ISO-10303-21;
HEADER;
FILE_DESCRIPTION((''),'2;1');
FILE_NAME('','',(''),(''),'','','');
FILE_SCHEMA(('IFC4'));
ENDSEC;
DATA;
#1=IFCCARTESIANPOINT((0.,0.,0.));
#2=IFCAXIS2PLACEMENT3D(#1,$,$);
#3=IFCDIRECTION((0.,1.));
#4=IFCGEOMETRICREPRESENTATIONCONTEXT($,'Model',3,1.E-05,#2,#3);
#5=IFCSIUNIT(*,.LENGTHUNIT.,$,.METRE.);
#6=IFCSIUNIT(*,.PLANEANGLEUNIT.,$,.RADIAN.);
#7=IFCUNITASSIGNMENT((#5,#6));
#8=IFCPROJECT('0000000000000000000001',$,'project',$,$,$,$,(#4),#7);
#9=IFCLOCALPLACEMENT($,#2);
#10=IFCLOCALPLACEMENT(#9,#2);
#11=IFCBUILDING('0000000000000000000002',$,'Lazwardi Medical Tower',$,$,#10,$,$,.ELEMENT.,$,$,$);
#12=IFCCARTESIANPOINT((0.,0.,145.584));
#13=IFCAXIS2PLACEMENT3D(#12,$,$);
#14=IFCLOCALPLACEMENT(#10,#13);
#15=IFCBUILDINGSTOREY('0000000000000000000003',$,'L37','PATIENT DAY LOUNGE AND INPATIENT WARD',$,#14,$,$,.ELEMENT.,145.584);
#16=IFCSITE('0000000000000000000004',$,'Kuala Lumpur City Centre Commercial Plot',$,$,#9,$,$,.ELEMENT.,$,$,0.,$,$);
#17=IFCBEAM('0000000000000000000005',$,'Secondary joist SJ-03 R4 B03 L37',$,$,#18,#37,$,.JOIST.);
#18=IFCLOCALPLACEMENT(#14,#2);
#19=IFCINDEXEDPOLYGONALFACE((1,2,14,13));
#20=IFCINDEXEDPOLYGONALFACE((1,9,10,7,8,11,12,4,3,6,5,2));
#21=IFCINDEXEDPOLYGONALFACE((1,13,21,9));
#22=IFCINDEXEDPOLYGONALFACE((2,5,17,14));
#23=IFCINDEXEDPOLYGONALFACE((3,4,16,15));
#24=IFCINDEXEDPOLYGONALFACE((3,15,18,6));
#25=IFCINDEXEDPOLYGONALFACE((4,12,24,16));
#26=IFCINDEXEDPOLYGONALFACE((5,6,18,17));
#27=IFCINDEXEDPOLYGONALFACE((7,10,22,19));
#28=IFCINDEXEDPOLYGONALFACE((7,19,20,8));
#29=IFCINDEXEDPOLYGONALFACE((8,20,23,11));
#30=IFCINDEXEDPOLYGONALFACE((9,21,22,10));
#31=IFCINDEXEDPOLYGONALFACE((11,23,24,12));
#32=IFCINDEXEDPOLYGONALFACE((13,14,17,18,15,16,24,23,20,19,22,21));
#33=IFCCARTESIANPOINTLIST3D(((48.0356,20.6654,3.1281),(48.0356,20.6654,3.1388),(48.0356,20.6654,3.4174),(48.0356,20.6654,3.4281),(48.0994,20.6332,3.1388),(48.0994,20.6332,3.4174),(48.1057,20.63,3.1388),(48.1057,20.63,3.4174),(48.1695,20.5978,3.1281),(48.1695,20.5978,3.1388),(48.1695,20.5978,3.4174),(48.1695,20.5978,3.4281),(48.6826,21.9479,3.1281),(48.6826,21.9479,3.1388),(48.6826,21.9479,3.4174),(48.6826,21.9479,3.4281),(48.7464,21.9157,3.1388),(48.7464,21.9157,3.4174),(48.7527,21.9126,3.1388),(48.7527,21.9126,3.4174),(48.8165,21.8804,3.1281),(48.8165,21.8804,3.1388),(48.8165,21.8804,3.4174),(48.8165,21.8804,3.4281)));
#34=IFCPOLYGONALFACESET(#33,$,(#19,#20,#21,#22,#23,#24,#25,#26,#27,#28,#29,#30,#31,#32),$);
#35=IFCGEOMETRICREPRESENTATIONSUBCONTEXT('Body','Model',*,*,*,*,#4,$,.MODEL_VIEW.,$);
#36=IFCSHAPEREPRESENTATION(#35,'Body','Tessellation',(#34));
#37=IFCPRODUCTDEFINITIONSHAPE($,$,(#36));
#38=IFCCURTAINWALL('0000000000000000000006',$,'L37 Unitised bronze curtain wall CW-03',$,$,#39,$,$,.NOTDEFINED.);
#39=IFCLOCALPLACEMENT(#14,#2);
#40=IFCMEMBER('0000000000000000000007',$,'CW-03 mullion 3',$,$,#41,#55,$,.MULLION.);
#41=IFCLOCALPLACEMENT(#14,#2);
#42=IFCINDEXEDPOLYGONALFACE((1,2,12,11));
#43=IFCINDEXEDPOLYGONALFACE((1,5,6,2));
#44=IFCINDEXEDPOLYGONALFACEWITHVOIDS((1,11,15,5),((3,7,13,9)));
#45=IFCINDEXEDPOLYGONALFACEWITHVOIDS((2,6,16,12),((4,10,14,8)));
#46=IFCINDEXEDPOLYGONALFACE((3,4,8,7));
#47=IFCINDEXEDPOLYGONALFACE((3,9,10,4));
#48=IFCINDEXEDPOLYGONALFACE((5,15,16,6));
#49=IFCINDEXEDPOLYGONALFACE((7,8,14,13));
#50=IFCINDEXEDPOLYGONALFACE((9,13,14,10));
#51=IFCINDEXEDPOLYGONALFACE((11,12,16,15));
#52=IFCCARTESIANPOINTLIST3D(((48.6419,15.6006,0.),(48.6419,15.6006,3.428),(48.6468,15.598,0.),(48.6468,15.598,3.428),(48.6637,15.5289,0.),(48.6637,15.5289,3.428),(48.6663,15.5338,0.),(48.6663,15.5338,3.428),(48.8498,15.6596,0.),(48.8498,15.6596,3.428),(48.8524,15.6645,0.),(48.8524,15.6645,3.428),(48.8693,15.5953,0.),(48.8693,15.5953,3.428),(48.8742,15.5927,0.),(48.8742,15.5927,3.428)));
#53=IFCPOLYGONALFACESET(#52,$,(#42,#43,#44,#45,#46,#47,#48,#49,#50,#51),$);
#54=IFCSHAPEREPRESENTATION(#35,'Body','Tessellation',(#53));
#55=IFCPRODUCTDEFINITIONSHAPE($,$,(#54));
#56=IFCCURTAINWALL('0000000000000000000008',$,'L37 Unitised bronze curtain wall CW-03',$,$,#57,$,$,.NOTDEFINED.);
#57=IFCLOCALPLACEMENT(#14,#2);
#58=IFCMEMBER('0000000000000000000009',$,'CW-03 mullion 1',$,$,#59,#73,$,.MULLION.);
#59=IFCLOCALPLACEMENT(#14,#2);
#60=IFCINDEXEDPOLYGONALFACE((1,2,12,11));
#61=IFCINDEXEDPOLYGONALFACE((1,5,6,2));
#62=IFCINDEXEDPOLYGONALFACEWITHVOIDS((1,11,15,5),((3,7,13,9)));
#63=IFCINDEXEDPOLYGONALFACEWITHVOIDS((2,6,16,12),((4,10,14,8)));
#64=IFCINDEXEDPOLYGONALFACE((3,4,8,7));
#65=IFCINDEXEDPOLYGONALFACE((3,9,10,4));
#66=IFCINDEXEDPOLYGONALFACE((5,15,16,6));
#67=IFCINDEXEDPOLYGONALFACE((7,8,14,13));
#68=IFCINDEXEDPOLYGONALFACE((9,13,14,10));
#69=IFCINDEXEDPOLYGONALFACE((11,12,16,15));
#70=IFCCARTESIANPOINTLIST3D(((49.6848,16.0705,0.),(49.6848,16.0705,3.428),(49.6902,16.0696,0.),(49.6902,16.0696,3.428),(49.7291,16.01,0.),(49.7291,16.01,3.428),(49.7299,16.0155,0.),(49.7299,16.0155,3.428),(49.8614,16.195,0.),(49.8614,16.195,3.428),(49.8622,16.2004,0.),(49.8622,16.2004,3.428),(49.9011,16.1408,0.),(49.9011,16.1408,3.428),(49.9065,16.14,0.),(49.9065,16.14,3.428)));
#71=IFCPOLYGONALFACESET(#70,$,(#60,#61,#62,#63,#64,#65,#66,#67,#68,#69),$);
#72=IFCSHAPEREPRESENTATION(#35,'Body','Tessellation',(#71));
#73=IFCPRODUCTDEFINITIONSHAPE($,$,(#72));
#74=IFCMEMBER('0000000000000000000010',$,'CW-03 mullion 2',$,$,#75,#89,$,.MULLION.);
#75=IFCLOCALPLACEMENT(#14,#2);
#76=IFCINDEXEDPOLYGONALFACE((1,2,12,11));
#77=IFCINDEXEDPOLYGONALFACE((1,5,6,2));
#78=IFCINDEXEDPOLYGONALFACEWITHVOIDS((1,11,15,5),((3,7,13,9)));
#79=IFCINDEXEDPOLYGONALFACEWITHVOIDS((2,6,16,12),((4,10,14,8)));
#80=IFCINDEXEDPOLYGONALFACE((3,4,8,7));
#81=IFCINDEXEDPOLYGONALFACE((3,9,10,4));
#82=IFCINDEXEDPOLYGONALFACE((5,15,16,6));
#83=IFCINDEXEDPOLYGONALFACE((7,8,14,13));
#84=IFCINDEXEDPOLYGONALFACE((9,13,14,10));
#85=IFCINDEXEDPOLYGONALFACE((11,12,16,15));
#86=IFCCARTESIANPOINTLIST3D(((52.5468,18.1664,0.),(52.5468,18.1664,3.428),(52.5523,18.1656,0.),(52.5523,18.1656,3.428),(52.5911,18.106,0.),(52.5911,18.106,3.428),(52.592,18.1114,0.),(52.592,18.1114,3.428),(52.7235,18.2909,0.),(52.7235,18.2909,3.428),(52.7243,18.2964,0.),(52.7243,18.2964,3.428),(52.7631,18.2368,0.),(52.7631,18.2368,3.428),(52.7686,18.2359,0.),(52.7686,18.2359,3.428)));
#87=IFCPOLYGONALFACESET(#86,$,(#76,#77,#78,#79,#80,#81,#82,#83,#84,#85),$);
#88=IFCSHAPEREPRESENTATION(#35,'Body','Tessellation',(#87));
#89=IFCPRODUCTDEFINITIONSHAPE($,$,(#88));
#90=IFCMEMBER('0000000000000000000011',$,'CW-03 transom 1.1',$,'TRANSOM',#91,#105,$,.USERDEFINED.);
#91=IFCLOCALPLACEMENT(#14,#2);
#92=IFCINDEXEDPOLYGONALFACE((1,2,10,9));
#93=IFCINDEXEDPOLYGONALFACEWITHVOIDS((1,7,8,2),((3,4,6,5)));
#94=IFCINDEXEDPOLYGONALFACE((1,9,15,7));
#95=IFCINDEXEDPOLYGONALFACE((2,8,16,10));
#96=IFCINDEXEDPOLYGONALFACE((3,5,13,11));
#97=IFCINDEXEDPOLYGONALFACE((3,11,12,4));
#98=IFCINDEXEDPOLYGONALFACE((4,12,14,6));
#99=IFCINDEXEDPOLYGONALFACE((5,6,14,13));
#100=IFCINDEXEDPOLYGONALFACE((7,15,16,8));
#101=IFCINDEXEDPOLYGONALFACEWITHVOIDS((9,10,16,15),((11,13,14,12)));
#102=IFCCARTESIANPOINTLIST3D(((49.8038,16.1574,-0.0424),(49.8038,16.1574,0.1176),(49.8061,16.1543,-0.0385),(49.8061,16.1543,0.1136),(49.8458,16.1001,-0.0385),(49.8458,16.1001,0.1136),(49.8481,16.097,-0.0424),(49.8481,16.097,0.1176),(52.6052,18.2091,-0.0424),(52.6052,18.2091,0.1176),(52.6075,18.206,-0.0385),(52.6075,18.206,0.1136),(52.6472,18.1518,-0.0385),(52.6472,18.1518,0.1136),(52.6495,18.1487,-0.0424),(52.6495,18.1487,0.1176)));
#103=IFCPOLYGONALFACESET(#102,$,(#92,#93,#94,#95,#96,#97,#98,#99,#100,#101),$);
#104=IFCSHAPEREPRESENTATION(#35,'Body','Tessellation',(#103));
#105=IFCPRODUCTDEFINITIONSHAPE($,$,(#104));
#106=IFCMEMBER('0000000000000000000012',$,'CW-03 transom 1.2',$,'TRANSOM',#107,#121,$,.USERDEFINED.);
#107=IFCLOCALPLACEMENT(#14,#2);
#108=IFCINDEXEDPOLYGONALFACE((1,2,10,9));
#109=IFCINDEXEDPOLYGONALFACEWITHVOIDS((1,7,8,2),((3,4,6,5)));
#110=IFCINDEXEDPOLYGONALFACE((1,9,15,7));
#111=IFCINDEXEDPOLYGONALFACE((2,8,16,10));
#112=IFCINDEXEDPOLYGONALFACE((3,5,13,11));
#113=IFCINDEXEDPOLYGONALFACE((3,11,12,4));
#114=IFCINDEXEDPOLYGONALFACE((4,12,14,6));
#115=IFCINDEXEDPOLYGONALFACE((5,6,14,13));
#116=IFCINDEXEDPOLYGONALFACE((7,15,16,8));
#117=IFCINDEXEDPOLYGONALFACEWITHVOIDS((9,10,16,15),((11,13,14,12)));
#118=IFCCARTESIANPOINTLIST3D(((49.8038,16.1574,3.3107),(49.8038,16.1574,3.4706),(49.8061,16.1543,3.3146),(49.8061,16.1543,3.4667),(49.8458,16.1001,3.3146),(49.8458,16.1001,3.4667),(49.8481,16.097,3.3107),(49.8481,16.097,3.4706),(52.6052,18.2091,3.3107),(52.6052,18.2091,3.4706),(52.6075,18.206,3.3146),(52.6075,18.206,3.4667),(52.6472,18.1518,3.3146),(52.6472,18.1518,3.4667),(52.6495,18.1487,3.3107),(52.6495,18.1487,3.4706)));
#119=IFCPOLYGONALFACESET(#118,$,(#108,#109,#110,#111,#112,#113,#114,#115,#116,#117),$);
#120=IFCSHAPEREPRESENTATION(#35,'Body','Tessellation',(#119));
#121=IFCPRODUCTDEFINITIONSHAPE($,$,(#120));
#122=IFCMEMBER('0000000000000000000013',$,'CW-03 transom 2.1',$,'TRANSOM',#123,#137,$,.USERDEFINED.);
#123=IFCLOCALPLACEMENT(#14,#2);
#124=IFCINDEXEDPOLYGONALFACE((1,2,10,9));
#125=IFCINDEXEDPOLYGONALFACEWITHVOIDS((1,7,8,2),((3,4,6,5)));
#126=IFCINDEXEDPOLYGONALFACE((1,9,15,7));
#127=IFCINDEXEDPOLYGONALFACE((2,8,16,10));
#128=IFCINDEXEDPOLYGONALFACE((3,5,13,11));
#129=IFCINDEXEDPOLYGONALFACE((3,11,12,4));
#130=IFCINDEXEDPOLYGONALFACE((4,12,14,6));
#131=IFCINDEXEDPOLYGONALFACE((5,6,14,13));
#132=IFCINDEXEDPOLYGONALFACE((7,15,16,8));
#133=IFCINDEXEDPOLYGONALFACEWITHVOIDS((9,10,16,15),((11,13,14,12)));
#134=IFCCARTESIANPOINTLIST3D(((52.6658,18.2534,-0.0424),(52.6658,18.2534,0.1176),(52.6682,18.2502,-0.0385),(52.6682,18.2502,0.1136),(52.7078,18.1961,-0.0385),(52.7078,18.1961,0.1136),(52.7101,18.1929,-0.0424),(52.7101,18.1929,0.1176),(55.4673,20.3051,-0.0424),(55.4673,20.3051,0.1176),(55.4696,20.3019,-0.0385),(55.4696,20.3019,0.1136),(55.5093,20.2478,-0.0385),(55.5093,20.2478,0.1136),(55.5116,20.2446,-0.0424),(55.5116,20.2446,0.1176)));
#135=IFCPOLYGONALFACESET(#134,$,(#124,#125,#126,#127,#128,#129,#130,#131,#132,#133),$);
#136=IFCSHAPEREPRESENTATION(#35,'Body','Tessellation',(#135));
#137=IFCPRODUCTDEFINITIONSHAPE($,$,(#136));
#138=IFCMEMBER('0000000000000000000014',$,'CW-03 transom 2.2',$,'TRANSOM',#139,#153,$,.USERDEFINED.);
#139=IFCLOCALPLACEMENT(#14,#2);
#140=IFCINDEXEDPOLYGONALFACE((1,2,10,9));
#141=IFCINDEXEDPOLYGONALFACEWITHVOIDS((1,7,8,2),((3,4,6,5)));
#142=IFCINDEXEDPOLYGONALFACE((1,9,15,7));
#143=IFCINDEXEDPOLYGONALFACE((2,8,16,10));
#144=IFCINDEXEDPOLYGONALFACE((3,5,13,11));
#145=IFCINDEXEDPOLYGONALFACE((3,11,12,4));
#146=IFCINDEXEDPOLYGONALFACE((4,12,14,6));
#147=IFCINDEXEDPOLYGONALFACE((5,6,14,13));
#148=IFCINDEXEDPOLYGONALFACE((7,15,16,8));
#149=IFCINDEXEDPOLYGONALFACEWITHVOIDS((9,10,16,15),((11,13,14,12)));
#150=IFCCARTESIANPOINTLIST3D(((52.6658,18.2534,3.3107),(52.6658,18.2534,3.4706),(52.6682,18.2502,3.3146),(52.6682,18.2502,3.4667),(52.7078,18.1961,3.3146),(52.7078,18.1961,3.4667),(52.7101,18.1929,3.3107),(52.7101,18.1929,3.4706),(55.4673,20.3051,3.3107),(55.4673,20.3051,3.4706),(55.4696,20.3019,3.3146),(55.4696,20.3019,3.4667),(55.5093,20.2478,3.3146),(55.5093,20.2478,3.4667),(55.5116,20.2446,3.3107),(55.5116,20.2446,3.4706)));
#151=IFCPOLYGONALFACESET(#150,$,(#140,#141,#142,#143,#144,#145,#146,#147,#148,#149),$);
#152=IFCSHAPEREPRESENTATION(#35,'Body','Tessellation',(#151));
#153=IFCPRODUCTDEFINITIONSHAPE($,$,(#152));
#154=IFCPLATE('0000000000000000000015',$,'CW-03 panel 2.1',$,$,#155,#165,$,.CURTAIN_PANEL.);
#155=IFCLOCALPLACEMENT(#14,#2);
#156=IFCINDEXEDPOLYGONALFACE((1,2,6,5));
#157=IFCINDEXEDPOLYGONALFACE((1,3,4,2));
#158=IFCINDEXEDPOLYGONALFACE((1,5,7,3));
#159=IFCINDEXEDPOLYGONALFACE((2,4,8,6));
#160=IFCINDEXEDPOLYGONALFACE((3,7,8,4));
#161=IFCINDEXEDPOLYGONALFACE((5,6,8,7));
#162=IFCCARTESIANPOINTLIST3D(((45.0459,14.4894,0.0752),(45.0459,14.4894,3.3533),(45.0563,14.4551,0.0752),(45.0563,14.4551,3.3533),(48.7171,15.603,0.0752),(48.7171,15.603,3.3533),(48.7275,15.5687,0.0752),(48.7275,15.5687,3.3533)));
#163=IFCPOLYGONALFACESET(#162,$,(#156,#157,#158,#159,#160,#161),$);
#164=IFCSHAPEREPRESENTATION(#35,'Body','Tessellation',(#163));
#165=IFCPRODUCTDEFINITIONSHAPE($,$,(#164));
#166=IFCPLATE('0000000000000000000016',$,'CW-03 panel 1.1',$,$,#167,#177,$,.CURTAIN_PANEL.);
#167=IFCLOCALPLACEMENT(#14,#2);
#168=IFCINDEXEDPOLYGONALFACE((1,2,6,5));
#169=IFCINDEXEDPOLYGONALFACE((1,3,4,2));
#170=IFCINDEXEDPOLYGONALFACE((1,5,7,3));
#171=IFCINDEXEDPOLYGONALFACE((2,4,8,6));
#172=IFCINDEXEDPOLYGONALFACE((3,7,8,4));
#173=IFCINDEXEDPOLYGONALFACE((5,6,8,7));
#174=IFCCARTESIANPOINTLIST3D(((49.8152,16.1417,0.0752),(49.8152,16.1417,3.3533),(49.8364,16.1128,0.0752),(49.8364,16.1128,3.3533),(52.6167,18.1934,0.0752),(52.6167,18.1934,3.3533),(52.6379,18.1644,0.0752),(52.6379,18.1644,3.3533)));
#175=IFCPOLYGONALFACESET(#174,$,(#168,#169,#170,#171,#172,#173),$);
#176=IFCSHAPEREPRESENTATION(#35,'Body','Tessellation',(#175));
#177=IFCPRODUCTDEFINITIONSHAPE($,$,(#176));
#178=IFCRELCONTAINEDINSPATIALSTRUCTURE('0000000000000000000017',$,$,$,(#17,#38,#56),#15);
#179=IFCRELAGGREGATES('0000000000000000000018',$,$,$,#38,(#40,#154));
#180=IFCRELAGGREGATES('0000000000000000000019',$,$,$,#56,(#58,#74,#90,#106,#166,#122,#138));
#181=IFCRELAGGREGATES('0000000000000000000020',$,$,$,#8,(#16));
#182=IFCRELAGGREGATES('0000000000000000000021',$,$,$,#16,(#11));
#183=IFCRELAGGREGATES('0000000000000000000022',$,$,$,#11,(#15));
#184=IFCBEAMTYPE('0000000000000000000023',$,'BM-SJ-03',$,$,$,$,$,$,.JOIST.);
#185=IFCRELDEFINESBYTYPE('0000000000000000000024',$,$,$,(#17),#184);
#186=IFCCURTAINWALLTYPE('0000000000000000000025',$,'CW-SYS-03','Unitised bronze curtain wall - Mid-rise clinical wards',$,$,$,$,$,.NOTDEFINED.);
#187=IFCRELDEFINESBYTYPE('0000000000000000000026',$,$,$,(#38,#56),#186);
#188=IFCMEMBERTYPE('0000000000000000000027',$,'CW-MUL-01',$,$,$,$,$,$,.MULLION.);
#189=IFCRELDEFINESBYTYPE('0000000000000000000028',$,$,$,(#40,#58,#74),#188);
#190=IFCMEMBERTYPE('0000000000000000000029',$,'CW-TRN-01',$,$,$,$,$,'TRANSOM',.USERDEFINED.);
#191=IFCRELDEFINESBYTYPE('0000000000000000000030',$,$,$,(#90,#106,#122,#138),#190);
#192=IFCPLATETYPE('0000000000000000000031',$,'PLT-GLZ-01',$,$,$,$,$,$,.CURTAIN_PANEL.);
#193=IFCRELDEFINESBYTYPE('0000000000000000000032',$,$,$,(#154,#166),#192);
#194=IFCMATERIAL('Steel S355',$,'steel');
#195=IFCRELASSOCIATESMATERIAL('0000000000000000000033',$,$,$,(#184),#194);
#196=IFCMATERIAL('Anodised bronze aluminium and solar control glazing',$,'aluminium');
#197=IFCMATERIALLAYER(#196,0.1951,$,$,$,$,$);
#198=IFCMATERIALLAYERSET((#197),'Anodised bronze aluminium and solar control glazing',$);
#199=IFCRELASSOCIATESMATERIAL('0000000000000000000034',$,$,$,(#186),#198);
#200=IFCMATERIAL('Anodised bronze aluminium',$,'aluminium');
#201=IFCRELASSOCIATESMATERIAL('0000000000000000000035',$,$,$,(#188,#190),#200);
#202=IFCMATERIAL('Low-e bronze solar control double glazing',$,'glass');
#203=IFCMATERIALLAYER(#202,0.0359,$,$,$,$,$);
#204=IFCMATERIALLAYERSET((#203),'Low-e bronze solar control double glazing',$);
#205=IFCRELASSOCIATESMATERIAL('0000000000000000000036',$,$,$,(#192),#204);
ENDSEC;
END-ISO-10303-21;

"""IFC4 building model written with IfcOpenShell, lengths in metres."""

from ifc_helpers import new_model, si_unit, direction, frame, origin, origin_2d, place, context, subcontext, project, spatial, rectangle, hollow_rectangle, i_section, extrude, material, layer, layer_set, material_profile, profile_set, type_object, element, aggregate, save


model = new_model("IFC4")

# Units and contexts
model_context = context("Model", 3, precision=1e-05, world=origin(), true_north=direction((0.0, 1.0)))
body_context = subcontext(model_context, "Body", "Model", "MODEL_VIEW")
ifc_project = project(units=[si_unit("LENGTHUNIT", "METRE"), si_unit("PLANEANGLEUNIT", "RADIAN")], contexts=[model_context])

# Site, building, storey
site_placement = place(None, origin())
site = spatial("IfcSite", under=ifc_project, at=site_placement, Name="Kuala Lumpur City Centre Commercial Plot", CompositionType="ELEMENT", RefElevation=0.0)
building_placement = place(site_placement, origin())
building = spatial("IfcBuilding", under=site, at=building_placement, Name="Lazwardi Medical Tower", CompositionType="ELEMENT")
storey_placement = place(building_placement, frame((0.0, 0.0, 145.584)))
storey = spatial("IfcBuildingStorey", under=building, at=storey_placement, Name="L37", Description="PATIENT DAY LOUNGE AND INPATIENT WARD", CompositionType="ELEMENT", Elevation=145.584)

# Beam
ifc_material_1 = material(Name="Steel S355", Category="steel")
ifc_material_profile_1 = material_profile(ifc_material_1, i_section(OverallWidth=0.1499, OverallDepth=0.3, WebThickness=0.0071, FlangeThickness=0.0107, at=origin_2d()), Name="IPE 300")
ifc_profile_set_1 = profile_set([ifc_material_profile_1], Name="Steel S355")
beam_type_1 = type_object("IfcBeamType", Name="BM-SJ-03", PredefinedType="JOIST", material=ifc_profile_set_1)
beam_1_placement = place(storey_placement, frame((48.1025, 20.6316, 3.2781), z_axis=(0.450406, 0.892824, 0.0), x_axis=(-0.892824, 0.450406, 0.0)))
element("IfcBeam", 1, at=beam_1_placement, inside=storey, type_object=beam_type_1, Name="Secondary joist SJ-03 R4 B03 L37", PredefinedType="JOIST", context=body_context, shape_type="SweptSolid", body=[
    extrude(i_section(OverallWidth=0.1499, OverallDepth=0.3, WebThickness=0.0071, FlangeThickness=0.0107, at=origin_2d()), origin(), (0.0, 0.0, 1.0), 1.4365),
])

# Curtain wall, member
ifc_material_2 = material(Name="Anodised bronze aluminium and solar control glazing", Category="aluminium")
ifc_layer_1 = layer(ifc_material_2, 0.1951)
ifc_layer_set_1 = layer_set([ifc_layer_1], Name="Anodised bronze aluminium and solar control glazing")
curtain_wall_type = type_object("IfcCurtainWallType", Name="CW-SYS-03", Description="Unitised bronze curtain wall - Mid-rise clinical wards", PredefinedType="NOTDEFINED", material=ifc_layer_set_1)
curtain_wall_1_placement = place(storey_placement, origin())
curtain_wall_1 = element("IfcCurtainWall", 2, at=curtain_wall_1_placement, inside=storey, type_object=curtain_wall_type, Name="L37 Unitised bronze curtain wall CW-03", PredefinedType="NOTDEFINED")
ifc_material_3 = material(Name="Anodised bronze aluminium", Category="aluminium")
ifc_material_profile_2 = material_profile(ifc_material_3, hollow_rectangle(XDim=0.075, YDim=0.22, WallThickness=0.0039, at=origin_2d()), Name="ALU-MULLION 220x75x4")
ifc_profile_set_2 = profile_set([ifc_material_profile_2], Name="Anodised bronze aluminium")
member_type_1 = type_object("IfcMemberType", Name="CW-MUL-01", PredefinedType="MULLION", material=ifc_profile_set_2)
member_1_placement = place(storey_placement, frame((48.7581, 15.5967, 0.0), z_axis=(0.0, 0.0, 1.0), x_axis=(-0.290281, 0.956942, 0.0)))
member_1 = element("IfcMember", 3, at=member_1_placement, type_object=member_type_1, Name="CW-03 mullion 3", PredefinedType="MULLION", context=body_context, shape_type="SweptSolid", body=[
    extrude(hollow_rectangle(XDim=0.075, YDim=0.22, WallThickness=0.0039, at=origin_2d()), origin(), (0.0, 0.0, 1.0), 3.428),
])

# Curtain wall, members
curtain_wall_2_placement = place(storey_placement, origin())
curtain_wall_2 = element("IfcCurtainWall", 4, at=curtain_wall_2_placement, inside=storey, type_object=curtain_wall_type, Name="L37 Unitised bronze curtain wall CW-03", PredefinedType="NOTDEFINED")
member_2_placement = place(storey_placement, frame((49.7957, 16.1052, 0.0), z_axis=(0.0, 0.0, 1.0), x_axis=(-0.590834, 0.806793, 0.0)))
member_2 = element("IfcMember", 5, at=member_2_placement, type_object=member_type_1, Name="CW-03 mullion 1", PredefinedType="MULLION", context=body_context, shape_type="SweptSolid", body=[
    extrude(hollow_rectangle(XDim=0.075, YDim=0.22, WallThickness=0.0039, at=origin_2d()), origin(), (0.0, 0.0, 1.0), 3.428),
])
member_3_placement = place(storey_placement, frame((52.6577, 18.2012, 0.0), z_axis=(0.0, 0.0, 1.0), x_axis=(-0.590834, 0.806793, 0.0)))
member_3 = element("IfcMember", 6, at=member_3_placement, type_object=member_type_1, Name="CW-03 mullion 2", PredefinedType="MULLION", context=body_context, shape_type="SweptSolid", body=[
    extrude(hollow_rectangle(XDim=0.075, YDim=0.22, WallThickness=0.0039, at=origin_2d()), origin(), (0.0, 0.0, 1.0), 3.428),
])
ifc_material_profile_3 = material_profile(ifc_material_3, hollow_rectangle(XDim=0.075, YDim=0.1599, WallThickness=0.0039, at=origin_2d()), Name="ALU-TRANSOM 160x75x4")
ifc_profile_set_3 = profile_set([ifc_material_profile_3], Name="Anodised bronze aluminium")
member_type_2 = type_object("IfcMemberType", Name="CW-TRN-01", ElementType="TRANSOM", PredefinedType="USERDEFINED", material=ifc_profile_set_3)
member_4_placement = place(storey_placement, frame((49.8259, 16.1272, 0.0376), z_axis=(0.806774, 0.590861, 0.0), x_axis=(-0.590861, 0.806774, 0.0)))
member_4 = element("IfcMember", 7, at=member_4_placement, type_object=member_type_2, Name="CW-03 transom 1.1", ObjectType="TRANSOM", PredefinedType="USERDEFINED", context=body_context, shape_type="SweptSolid", body=[
    extrude(hollow_rectangle(XDim=0.075, YDim=0.1599, WallThickness=0.0039, at=origin_2d()), origin(), (0.0, 0.0, 1.0), 3.4724),
])
member_5_placement = place(storey_placement, frame((49.8259, 16.1272, 3.3906), z_axis=(0.806774, 0.590861, 0.0), x_axis=(-0.590861, 0.806774, 0.0)))
member_5 = element("IfcMember", 8, at=member_5_placement, type_object=member_type_2, Name="CW-03 transom 1.2", ObjectType="TRANSOM", PredefinedType="USERDEFINED", context=body_context, shape_type="SweptSolid", body=[
    extrude(hollow_rectangle(XDim=0.075, YDim=0.1599, WallThickness=0.0039, at=origin_2d()), origin(), (0.0, 0.0, 1.0), 3.4724),
])
member_6_placement = place(storey_placement, frame((52.688, 18.2231, 0.0376), z_axis=(0.806774, 0.590861, 0.0), x_axis=(-0.590861, 0.806774, 0.0)))
member_6 = element("IfcMember", 9, at=member_6_placement, type_object=member_type_2, Name="CW-03 transom 2.1", ObjectType="TRANSOM", PredefinedType="USERDEFINED", context=body_context, shape_type="SweptSolid", body=[
    extrude(hollow_rectangle(XDim=0.075, YDim=0.1599, WallThickness=0.0039, at=origin_2d()), origin(), (0.0, 0.0, 1.0), 3.4724),
])
member_7_placement = place(storey_placement, frame((52.688, 18.2231, 3.3906), z_axis=(0.806774, 0.590861, 0.0), x_axis=(-0.590861, 0.806774, 0.0)))
member_7 = element("IfcMember", 10, at=member_7_placement, type_object=member_type_2, Name="CW-03 transom 2.2", ObjectType="TRANSOM", PredefinedType="USERDEFINED", context=body_context, shape_type="SweptSolid", body=[
    extrude(hollow_rectangle(XDim=0.075, YDim=0.1599, WallThickness=0.0039, at=origin_2d()), origin(), (0.0, 0.0, 1.0), 3.4724),
])

# Plates
ifc_material_4 = material(Name="Low-e bronze solar control double glazing", Category="glass")
ifc_layer_2 = layer(ifc_material_4, 0.0359)
ifc_layer_set_2 = layer_set([ifc_layer_2], Name="Low-e bronze solar control double glazing")
plate_type = type_object("IfcPlateType", Name="PLT-GLZ-01", PredefinedType="CURTAIN_PANEL", material=ifc_layer_set_2)
plate_1_placement = place(storey_placement, frame((46.8867, 15.0291, 0.0752), z_axis=(0.0, 0.0, 1.0), x_axis=(0.956942, 0.290281, 0.0)))
plate_1 = element("IfcPlate", 11, at=plate_1_placement, type_object=plate_type, Name="CW-03 panel 2.1", PredefinedType="CURTAIN_PANEL", context=body_context, shape_type="SweptSolid", body=[
    extrude(rectangle(XDim=3.8364, YDim=0.0359, at=origin_2d()), origin(), (0.0, 0.0, 1.0), 3.2781),
])
aggregate(curtain_wall_1, [member_1, plate_1])
plate_2_placement = place(storey_placement, frame((51.2266, 17.1531, 0.0752), z_axis=(0.0, 0.0, 1.0), x_axis=(0.806793, 0.590834, 0.0)))
plate_2 = element("IfcPlate", 12, at=plate_2_placement, type_object=plate_type, Name="CW-03 panel 1.1", PredefinedType="CURTAIN_PANEL", context=body_context, shape_type="SweptSolid", body=[
    extrude(rectangle(XDim=3.4724, YDim=0.0359, at=origin_2d()), origin(), (0.0, 0.0, 1.0), 3.2781),
])
aggregate(curtain_wall_2, [member_2, member_3, member_4, member_5, plate_2, member_6, member_7])

save(model, "model.ifc")
